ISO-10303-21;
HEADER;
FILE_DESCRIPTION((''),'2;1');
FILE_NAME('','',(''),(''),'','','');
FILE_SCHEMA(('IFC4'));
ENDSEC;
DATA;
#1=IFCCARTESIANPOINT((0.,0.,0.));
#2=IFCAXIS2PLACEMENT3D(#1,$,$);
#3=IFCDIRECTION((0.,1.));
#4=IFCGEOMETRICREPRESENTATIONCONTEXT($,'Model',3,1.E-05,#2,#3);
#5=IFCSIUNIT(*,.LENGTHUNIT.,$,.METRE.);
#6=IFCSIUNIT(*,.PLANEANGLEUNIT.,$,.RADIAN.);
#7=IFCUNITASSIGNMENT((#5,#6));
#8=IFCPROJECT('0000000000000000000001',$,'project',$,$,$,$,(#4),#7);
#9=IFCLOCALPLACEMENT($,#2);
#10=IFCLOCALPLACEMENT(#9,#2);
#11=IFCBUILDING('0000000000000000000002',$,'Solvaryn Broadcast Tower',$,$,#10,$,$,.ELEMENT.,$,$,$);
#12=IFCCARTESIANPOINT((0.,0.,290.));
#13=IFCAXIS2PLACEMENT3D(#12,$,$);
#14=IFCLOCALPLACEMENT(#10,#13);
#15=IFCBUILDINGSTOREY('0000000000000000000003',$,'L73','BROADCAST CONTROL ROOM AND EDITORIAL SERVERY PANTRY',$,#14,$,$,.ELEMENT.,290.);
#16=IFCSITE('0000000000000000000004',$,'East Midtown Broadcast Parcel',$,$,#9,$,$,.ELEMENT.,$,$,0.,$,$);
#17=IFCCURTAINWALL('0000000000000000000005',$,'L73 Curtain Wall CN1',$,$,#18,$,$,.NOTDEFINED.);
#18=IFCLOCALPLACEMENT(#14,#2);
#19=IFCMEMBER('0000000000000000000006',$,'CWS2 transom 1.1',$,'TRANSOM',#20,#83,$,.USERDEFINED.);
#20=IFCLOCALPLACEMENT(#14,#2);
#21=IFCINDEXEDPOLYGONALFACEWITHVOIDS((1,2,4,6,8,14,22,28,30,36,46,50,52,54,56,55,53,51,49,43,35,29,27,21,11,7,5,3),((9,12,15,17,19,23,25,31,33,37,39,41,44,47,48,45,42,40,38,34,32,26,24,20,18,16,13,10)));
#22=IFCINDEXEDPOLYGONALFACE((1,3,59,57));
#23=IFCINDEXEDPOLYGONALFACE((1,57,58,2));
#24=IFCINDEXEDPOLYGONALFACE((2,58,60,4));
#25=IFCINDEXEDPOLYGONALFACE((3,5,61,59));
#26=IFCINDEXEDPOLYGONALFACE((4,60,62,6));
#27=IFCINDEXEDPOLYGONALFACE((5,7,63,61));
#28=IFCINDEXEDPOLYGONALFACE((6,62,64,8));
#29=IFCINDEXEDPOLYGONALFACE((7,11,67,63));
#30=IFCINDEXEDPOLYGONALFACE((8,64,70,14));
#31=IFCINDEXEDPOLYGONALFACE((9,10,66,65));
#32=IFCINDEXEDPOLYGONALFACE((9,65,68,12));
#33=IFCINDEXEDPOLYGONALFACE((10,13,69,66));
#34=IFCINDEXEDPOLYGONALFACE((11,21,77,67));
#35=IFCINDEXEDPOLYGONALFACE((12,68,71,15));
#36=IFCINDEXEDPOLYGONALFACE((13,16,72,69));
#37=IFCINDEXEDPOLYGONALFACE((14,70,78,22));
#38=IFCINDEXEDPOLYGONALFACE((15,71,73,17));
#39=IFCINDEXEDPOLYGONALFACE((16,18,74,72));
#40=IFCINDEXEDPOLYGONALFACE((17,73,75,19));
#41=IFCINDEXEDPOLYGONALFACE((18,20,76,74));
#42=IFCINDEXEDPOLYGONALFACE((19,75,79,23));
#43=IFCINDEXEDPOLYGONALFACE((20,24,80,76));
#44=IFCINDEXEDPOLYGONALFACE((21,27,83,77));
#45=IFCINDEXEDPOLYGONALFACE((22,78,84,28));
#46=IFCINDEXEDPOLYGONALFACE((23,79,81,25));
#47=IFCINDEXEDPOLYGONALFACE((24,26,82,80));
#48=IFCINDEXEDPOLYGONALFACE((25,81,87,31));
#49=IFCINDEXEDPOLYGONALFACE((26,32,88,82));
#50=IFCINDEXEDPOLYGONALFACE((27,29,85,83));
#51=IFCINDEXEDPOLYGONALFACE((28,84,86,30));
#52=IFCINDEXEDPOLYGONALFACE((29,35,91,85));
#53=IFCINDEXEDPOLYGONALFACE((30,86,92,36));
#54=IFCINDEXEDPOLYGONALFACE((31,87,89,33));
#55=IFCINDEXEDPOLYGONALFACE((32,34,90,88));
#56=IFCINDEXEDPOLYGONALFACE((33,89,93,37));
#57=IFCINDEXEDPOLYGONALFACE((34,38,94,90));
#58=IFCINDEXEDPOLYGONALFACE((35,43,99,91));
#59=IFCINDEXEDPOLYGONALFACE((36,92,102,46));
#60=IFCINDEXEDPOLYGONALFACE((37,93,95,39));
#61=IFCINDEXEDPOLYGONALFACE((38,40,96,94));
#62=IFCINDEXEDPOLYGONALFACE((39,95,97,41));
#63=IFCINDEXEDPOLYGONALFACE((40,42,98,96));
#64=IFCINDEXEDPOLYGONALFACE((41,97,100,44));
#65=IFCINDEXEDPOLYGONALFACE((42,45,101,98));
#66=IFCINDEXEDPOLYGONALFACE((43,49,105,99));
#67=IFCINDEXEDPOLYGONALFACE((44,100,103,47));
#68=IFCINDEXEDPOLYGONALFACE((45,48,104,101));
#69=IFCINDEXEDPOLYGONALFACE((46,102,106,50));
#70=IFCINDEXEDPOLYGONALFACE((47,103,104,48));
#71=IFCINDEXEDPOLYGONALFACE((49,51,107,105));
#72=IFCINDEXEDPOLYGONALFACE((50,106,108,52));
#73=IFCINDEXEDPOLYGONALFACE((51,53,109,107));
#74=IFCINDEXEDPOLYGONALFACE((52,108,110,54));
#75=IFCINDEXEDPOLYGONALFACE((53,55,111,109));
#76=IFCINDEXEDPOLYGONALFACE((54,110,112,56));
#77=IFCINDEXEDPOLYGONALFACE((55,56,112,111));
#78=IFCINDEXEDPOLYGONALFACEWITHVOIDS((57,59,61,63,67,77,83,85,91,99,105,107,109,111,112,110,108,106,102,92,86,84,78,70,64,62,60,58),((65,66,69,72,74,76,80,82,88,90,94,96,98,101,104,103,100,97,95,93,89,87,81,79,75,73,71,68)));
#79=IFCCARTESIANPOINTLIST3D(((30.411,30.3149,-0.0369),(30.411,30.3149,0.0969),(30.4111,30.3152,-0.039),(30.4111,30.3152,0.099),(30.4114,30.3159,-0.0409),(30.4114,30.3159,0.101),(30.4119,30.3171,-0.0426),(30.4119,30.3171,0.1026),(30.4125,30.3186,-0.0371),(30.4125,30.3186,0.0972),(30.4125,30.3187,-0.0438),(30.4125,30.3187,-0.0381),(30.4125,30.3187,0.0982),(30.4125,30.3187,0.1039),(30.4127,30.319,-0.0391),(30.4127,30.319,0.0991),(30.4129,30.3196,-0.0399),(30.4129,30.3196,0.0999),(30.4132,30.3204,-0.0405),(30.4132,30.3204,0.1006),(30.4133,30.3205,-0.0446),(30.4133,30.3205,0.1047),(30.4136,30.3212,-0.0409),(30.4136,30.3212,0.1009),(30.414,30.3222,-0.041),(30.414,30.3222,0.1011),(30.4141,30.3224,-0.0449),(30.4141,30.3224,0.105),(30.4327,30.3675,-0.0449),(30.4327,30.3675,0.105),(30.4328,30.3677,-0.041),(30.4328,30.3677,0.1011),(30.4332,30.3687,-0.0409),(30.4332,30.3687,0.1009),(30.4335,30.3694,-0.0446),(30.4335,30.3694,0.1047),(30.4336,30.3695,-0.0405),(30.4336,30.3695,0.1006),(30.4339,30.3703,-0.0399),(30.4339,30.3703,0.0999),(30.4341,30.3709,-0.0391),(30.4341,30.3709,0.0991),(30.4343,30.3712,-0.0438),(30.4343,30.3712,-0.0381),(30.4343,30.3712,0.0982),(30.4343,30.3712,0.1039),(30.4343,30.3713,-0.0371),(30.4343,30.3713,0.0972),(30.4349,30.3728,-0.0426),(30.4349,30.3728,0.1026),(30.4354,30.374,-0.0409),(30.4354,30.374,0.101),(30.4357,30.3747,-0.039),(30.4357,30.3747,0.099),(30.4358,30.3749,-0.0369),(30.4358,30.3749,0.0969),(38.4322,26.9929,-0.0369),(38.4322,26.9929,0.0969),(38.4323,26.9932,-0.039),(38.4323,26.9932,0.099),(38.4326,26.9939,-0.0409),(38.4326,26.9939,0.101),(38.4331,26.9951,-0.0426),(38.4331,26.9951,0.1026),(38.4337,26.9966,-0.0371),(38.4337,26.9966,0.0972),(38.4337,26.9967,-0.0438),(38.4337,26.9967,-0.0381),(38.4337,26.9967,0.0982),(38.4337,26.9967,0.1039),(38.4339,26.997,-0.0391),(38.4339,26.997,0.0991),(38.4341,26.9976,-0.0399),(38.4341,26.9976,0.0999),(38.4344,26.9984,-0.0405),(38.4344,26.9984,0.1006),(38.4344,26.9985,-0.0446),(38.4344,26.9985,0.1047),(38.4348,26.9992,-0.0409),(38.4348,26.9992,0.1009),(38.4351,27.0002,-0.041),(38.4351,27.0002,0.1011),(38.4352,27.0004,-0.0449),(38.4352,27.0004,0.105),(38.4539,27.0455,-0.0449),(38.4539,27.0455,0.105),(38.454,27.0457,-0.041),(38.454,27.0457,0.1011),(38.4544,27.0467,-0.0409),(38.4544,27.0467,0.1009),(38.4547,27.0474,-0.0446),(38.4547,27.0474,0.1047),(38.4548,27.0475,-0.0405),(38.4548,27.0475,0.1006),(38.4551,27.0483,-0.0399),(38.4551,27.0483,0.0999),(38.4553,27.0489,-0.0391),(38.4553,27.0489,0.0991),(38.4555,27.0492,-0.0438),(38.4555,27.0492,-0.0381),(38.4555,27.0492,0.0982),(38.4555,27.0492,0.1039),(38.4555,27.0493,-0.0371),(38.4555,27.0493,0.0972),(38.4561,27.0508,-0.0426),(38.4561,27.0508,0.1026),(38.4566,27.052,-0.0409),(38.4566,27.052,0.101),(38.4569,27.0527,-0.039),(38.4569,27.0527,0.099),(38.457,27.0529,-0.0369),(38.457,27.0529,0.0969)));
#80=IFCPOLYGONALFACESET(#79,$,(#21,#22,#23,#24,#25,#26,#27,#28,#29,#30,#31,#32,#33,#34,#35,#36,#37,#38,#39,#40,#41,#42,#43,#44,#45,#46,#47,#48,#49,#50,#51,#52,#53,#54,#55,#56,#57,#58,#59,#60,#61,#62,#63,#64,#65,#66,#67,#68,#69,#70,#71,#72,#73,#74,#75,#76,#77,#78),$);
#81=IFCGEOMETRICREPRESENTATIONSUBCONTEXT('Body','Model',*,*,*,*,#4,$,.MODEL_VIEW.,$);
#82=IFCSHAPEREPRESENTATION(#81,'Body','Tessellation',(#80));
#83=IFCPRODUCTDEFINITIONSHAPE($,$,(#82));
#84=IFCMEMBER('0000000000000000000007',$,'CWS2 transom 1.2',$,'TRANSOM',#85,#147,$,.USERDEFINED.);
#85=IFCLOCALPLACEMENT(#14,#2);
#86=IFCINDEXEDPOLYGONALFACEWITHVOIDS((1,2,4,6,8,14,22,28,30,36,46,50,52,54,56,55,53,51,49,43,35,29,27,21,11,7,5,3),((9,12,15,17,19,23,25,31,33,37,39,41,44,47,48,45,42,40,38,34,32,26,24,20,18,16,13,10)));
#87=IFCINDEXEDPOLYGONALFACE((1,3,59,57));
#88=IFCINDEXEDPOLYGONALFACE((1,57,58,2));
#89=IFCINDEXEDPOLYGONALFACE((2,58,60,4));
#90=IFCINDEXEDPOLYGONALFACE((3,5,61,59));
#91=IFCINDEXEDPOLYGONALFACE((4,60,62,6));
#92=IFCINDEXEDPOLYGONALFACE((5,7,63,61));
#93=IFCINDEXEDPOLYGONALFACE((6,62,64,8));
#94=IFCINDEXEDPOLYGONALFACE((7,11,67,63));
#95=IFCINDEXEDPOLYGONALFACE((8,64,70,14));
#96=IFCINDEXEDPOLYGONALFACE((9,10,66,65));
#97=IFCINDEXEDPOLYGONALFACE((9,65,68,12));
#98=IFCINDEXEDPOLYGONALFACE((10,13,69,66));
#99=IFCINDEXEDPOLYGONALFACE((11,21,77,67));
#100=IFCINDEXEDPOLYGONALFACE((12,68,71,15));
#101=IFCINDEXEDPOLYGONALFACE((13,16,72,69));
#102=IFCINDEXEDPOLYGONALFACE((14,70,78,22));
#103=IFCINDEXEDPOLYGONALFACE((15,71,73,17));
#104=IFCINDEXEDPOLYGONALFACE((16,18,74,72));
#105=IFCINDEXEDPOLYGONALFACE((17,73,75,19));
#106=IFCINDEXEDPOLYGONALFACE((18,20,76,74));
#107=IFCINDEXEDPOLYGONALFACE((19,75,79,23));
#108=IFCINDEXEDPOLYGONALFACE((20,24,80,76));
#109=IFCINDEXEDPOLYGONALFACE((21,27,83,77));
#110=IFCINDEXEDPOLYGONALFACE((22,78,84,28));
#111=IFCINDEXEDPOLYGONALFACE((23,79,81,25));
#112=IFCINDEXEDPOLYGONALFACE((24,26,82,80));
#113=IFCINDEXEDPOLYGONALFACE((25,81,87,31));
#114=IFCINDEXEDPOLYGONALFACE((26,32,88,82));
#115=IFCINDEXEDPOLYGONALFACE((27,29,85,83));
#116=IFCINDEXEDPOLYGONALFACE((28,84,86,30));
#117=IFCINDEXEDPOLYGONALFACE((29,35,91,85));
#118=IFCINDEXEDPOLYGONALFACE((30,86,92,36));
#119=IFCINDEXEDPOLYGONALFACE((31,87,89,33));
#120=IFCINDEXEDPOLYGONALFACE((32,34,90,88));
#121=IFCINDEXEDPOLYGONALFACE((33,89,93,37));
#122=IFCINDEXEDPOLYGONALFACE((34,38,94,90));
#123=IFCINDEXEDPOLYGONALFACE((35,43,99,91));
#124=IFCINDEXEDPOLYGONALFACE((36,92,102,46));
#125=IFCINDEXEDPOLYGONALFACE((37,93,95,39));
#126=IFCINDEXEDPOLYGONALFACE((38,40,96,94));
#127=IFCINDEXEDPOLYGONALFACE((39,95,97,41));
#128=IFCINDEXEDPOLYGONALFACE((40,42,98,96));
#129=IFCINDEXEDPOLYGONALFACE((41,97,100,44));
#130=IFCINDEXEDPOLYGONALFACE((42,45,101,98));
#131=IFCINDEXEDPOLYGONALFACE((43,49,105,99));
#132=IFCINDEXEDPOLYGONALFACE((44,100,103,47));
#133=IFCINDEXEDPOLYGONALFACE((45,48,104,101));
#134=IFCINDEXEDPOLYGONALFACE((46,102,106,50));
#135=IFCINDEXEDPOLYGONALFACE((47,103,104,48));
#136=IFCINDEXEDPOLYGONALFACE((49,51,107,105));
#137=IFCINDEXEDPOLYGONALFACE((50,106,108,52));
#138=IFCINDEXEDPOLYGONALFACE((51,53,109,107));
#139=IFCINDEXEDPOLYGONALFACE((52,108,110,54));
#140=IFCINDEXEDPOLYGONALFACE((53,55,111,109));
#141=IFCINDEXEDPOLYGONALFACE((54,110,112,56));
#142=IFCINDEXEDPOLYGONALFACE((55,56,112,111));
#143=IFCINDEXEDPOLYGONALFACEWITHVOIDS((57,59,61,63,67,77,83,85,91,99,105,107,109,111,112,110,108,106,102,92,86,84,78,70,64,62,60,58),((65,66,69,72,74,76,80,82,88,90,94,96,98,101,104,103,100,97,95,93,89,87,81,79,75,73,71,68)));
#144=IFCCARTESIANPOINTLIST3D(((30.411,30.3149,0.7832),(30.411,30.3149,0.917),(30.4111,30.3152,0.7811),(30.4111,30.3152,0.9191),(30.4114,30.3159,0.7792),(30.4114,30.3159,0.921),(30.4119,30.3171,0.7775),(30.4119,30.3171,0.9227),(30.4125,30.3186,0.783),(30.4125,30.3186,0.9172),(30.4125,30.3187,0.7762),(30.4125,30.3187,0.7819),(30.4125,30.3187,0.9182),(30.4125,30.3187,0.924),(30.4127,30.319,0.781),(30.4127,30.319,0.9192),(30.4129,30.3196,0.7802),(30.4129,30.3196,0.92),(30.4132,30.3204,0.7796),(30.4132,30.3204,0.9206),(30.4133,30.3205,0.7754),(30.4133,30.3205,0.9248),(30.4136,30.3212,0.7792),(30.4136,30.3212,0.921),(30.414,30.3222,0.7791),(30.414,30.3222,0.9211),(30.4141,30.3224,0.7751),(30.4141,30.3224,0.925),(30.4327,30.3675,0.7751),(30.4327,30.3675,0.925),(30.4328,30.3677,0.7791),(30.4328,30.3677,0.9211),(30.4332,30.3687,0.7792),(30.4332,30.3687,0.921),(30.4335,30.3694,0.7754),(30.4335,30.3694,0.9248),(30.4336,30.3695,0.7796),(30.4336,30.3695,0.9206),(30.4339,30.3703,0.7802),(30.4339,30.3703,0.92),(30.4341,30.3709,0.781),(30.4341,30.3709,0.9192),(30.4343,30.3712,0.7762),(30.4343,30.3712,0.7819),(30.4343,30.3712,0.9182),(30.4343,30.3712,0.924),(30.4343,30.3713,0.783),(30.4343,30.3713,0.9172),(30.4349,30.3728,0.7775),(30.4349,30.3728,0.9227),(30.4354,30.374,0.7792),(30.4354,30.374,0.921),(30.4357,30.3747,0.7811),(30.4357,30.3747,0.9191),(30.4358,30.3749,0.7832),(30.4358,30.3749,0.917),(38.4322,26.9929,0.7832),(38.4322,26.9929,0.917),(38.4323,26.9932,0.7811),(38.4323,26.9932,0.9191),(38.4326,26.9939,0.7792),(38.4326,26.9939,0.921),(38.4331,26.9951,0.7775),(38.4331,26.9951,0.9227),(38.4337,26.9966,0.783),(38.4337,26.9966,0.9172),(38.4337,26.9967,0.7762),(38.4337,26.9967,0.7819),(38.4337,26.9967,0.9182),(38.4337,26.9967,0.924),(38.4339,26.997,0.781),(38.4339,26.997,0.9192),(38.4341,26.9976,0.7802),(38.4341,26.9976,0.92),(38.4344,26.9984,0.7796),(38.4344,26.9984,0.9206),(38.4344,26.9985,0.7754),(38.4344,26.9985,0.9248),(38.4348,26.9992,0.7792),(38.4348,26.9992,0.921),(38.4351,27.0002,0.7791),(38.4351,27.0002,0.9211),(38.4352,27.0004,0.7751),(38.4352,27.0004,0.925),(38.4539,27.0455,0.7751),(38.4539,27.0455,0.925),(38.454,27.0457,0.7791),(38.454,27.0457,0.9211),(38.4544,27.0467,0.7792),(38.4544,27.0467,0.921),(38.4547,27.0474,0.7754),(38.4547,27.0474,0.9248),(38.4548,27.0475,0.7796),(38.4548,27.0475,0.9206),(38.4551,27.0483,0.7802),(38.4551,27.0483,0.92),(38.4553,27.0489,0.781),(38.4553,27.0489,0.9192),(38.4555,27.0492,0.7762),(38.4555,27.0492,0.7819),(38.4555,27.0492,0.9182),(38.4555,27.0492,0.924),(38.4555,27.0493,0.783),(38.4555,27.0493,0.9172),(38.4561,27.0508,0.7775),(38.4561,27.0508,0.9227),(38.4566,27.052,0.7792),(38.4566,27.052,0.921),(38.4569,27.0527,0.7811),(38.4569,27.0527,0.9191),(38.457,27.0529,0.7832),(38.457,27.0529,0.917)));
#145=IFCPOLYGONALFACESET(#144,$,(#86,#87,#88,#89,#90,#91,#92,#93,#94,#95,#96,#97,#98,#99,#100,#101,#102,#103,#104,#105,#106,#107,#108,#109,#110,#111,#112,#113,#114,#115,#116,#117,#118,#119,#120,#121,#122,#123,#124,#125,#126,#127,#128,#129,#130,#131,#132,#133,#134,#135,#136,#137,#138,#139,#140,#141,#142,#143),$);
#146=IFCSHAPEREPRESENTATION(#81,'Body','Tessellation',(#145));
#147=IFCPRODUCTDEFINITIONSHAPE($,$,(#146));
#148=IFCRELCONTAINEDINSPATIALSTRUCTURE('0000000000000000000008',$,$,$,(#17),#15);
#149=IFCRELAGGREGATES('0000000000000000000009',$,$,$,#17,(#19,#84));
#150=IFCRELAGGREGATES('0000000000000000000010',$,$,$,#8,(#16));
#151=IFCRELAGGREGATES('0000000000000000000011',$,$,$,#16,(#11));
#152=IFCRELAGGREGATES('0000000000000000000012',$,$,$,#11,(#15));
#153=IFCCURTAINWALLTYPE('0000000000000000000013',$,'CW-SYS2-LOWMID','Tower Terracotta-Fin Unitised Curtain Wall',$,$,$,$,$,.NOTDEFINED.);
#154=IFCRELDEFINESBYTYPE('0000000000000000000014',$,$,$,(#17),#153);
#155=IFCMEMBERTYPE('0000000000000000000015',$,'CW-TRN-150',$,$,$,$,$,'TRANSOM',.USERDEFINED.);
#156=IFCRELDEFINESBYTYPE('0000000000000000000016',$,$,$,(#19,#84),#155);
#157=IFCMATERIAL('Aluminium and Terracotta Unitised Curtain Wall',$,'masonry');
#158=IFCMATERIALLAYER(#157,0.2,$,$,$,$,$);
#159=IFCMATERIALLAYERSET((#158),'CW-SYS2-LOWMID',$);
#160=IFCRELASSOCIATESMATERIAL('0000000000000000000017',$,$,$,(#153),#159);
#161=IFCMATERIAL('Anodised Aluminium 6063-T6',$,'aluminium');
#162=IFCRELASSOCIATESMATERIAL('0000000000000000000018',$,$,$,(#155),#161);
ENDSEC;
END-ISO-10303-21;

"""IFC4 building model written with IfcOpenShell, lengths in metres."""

from ifc_helpers import new_model, si_unit, direction, frame, origin, origin_2d, place, context, subcontext, project, spatial, hollow_rectangle, extrude, material, layer, layer_set, material_profile, profile_set, type_object, element, aggregate, save


model = new_model("IFC4")

# Units and contexts
model_context = context("Model", 3, precision=1e-05, world=origin(), true_north=direction((0.0, 1.0)))
body_context = subcontext(model_context, "Body", "Model", "MODEL_VIEW")
ifc_project = project(units=[si_unit("LENGTHUNIT", "METRE"), si_unit("PLANEANGLEUNIT", "RADIAN")], contexts=[model_context])

# Site, building, storey
site_placement = place(None, origin())
site = spatial("IfcSite", under=ifc_project, at=site_placement, Name="East Midtown Broadcast Parcel", CompositionType="ELEMENT", RefElevation=0.0)
building_placement = place(site_placement, origin())
building = spatial("IfcBuilding", under=site, at=building_placement, Name="Solvaryn Broadcast Tower", CompositionType="ELEMENT")
storey_placement = place(building_placement, frame((0.0, 0.0, 290.0)))
storey = spatial("IfcBuildingStorey", under=building, at=storey_placement, Name="L73", Description="BROADCAST CONTROL ROOM AND EDITORIAL SERVERY PANTRY", CompositionType="ELEMENT", Elevation=290.0)

# Curtain wall
ifc_material_1 = material(Name="Aluminium and Terracotta Unitised Curtain Wall", Category="masonry")
ifc_layer_1 = layer(ifc_material_1, 0.2)
ifc_layer_set_1 = layer_set([ifc_layer_1], Name="CW-SYS2-LOWMID")
curtain_wall_type = type_object("IfcCurtainWallType", Name="CW-SYS2-LOWMID", Description="Tower Terracotta-Fin Unitised Curtain Wall", PredefinedType="NOTDEFINED", material=ifc_layer_set_1)
curtain_wall_1_placement = place(storey_placement, origin())
curtain_wall_1 = element("IfcCurtainWall", 1, at=curtain_wall_1_placement, inside=storey, type_object=curtain_wall_type, Name="L73 Curtain Wall CN1", PredefinedType="NOTDEFINED")

# Members
ifc_material_2 = material(Name="Anodised Aluminium 6063-T6", Category="aluminium")
ifc_material_profile_1 = material_profile(ifc_material_2, hollow_rectangle(XDim=0.0649, YDim=0.1499, WallThickness=0.0039, InnerFilletRadius=0.0039, OuterFilletRadius=0.0081, at=origin_2d()))
ifc_profile_set_1 = profile_set([ifc_material_profile_1], Name="Anodised Aluminium 6063-T6")
member_type_1 = type_object("IfcMemberType", Name="CW-TRN-150", ElementType="TRANSOM", PredefinedType="USERDEFINED", material=ifc_profile_set_1)
member_1_placement = place(storey_placement, frame((38.4446, 27.0229, 0.03), z_axis=(-0.923899, 0.382636, 0.0), x_axis=(-0.382636, -0.923899, 0.0)))
member_1 = element("IfcMember", 2, at=member_1_placement, type_object=member_type_1, Name="CWS2 transom 1.1", ObjectType="TRANSOM", PredefinedType="USERDEFINED", context=body_context, shape_type="SweptSolid", body=[
    extrude(hollow_rectangle(XDim=0.0649, YDim=0.1499, WallThickness=0.0039, InnerFilletRadius=0.0039, OuterFilletRadius=0.0081, at=origin_2d()), origin(), (0.0, 0.0, 1.0), 8.6819),
])
member_2_placement = place(storey_placement, frame((38.4446, 27.0229, 0.8501), z_axis=(-0.923899, 0.382636, 0.0), x_axis=(-0.382636, -0.923899, 0.0)))
member_2 = element("IfcMember", 3, at=member_2_placement, type_object=member_type_1, Name="CWS2 transom 1.2", ObjectType="TRANSOM", PredefinedType="USERDEFINED", context=body_context, shape_type="SweptSolid", body=[
    extrude(hollow_rectangle(XDim=0.0649, YDim=0.1499, WallThickness=0.0039, InnerFilletRadius=0.0039, OuterFilletRadius=0.0081, at=origin_2d()), origin(), (0.0, 0.0, 1.0), 8.6819),
])

aggregate(curtain_wall_1, [member_1, member_2])

save(model, "model.ifc")
